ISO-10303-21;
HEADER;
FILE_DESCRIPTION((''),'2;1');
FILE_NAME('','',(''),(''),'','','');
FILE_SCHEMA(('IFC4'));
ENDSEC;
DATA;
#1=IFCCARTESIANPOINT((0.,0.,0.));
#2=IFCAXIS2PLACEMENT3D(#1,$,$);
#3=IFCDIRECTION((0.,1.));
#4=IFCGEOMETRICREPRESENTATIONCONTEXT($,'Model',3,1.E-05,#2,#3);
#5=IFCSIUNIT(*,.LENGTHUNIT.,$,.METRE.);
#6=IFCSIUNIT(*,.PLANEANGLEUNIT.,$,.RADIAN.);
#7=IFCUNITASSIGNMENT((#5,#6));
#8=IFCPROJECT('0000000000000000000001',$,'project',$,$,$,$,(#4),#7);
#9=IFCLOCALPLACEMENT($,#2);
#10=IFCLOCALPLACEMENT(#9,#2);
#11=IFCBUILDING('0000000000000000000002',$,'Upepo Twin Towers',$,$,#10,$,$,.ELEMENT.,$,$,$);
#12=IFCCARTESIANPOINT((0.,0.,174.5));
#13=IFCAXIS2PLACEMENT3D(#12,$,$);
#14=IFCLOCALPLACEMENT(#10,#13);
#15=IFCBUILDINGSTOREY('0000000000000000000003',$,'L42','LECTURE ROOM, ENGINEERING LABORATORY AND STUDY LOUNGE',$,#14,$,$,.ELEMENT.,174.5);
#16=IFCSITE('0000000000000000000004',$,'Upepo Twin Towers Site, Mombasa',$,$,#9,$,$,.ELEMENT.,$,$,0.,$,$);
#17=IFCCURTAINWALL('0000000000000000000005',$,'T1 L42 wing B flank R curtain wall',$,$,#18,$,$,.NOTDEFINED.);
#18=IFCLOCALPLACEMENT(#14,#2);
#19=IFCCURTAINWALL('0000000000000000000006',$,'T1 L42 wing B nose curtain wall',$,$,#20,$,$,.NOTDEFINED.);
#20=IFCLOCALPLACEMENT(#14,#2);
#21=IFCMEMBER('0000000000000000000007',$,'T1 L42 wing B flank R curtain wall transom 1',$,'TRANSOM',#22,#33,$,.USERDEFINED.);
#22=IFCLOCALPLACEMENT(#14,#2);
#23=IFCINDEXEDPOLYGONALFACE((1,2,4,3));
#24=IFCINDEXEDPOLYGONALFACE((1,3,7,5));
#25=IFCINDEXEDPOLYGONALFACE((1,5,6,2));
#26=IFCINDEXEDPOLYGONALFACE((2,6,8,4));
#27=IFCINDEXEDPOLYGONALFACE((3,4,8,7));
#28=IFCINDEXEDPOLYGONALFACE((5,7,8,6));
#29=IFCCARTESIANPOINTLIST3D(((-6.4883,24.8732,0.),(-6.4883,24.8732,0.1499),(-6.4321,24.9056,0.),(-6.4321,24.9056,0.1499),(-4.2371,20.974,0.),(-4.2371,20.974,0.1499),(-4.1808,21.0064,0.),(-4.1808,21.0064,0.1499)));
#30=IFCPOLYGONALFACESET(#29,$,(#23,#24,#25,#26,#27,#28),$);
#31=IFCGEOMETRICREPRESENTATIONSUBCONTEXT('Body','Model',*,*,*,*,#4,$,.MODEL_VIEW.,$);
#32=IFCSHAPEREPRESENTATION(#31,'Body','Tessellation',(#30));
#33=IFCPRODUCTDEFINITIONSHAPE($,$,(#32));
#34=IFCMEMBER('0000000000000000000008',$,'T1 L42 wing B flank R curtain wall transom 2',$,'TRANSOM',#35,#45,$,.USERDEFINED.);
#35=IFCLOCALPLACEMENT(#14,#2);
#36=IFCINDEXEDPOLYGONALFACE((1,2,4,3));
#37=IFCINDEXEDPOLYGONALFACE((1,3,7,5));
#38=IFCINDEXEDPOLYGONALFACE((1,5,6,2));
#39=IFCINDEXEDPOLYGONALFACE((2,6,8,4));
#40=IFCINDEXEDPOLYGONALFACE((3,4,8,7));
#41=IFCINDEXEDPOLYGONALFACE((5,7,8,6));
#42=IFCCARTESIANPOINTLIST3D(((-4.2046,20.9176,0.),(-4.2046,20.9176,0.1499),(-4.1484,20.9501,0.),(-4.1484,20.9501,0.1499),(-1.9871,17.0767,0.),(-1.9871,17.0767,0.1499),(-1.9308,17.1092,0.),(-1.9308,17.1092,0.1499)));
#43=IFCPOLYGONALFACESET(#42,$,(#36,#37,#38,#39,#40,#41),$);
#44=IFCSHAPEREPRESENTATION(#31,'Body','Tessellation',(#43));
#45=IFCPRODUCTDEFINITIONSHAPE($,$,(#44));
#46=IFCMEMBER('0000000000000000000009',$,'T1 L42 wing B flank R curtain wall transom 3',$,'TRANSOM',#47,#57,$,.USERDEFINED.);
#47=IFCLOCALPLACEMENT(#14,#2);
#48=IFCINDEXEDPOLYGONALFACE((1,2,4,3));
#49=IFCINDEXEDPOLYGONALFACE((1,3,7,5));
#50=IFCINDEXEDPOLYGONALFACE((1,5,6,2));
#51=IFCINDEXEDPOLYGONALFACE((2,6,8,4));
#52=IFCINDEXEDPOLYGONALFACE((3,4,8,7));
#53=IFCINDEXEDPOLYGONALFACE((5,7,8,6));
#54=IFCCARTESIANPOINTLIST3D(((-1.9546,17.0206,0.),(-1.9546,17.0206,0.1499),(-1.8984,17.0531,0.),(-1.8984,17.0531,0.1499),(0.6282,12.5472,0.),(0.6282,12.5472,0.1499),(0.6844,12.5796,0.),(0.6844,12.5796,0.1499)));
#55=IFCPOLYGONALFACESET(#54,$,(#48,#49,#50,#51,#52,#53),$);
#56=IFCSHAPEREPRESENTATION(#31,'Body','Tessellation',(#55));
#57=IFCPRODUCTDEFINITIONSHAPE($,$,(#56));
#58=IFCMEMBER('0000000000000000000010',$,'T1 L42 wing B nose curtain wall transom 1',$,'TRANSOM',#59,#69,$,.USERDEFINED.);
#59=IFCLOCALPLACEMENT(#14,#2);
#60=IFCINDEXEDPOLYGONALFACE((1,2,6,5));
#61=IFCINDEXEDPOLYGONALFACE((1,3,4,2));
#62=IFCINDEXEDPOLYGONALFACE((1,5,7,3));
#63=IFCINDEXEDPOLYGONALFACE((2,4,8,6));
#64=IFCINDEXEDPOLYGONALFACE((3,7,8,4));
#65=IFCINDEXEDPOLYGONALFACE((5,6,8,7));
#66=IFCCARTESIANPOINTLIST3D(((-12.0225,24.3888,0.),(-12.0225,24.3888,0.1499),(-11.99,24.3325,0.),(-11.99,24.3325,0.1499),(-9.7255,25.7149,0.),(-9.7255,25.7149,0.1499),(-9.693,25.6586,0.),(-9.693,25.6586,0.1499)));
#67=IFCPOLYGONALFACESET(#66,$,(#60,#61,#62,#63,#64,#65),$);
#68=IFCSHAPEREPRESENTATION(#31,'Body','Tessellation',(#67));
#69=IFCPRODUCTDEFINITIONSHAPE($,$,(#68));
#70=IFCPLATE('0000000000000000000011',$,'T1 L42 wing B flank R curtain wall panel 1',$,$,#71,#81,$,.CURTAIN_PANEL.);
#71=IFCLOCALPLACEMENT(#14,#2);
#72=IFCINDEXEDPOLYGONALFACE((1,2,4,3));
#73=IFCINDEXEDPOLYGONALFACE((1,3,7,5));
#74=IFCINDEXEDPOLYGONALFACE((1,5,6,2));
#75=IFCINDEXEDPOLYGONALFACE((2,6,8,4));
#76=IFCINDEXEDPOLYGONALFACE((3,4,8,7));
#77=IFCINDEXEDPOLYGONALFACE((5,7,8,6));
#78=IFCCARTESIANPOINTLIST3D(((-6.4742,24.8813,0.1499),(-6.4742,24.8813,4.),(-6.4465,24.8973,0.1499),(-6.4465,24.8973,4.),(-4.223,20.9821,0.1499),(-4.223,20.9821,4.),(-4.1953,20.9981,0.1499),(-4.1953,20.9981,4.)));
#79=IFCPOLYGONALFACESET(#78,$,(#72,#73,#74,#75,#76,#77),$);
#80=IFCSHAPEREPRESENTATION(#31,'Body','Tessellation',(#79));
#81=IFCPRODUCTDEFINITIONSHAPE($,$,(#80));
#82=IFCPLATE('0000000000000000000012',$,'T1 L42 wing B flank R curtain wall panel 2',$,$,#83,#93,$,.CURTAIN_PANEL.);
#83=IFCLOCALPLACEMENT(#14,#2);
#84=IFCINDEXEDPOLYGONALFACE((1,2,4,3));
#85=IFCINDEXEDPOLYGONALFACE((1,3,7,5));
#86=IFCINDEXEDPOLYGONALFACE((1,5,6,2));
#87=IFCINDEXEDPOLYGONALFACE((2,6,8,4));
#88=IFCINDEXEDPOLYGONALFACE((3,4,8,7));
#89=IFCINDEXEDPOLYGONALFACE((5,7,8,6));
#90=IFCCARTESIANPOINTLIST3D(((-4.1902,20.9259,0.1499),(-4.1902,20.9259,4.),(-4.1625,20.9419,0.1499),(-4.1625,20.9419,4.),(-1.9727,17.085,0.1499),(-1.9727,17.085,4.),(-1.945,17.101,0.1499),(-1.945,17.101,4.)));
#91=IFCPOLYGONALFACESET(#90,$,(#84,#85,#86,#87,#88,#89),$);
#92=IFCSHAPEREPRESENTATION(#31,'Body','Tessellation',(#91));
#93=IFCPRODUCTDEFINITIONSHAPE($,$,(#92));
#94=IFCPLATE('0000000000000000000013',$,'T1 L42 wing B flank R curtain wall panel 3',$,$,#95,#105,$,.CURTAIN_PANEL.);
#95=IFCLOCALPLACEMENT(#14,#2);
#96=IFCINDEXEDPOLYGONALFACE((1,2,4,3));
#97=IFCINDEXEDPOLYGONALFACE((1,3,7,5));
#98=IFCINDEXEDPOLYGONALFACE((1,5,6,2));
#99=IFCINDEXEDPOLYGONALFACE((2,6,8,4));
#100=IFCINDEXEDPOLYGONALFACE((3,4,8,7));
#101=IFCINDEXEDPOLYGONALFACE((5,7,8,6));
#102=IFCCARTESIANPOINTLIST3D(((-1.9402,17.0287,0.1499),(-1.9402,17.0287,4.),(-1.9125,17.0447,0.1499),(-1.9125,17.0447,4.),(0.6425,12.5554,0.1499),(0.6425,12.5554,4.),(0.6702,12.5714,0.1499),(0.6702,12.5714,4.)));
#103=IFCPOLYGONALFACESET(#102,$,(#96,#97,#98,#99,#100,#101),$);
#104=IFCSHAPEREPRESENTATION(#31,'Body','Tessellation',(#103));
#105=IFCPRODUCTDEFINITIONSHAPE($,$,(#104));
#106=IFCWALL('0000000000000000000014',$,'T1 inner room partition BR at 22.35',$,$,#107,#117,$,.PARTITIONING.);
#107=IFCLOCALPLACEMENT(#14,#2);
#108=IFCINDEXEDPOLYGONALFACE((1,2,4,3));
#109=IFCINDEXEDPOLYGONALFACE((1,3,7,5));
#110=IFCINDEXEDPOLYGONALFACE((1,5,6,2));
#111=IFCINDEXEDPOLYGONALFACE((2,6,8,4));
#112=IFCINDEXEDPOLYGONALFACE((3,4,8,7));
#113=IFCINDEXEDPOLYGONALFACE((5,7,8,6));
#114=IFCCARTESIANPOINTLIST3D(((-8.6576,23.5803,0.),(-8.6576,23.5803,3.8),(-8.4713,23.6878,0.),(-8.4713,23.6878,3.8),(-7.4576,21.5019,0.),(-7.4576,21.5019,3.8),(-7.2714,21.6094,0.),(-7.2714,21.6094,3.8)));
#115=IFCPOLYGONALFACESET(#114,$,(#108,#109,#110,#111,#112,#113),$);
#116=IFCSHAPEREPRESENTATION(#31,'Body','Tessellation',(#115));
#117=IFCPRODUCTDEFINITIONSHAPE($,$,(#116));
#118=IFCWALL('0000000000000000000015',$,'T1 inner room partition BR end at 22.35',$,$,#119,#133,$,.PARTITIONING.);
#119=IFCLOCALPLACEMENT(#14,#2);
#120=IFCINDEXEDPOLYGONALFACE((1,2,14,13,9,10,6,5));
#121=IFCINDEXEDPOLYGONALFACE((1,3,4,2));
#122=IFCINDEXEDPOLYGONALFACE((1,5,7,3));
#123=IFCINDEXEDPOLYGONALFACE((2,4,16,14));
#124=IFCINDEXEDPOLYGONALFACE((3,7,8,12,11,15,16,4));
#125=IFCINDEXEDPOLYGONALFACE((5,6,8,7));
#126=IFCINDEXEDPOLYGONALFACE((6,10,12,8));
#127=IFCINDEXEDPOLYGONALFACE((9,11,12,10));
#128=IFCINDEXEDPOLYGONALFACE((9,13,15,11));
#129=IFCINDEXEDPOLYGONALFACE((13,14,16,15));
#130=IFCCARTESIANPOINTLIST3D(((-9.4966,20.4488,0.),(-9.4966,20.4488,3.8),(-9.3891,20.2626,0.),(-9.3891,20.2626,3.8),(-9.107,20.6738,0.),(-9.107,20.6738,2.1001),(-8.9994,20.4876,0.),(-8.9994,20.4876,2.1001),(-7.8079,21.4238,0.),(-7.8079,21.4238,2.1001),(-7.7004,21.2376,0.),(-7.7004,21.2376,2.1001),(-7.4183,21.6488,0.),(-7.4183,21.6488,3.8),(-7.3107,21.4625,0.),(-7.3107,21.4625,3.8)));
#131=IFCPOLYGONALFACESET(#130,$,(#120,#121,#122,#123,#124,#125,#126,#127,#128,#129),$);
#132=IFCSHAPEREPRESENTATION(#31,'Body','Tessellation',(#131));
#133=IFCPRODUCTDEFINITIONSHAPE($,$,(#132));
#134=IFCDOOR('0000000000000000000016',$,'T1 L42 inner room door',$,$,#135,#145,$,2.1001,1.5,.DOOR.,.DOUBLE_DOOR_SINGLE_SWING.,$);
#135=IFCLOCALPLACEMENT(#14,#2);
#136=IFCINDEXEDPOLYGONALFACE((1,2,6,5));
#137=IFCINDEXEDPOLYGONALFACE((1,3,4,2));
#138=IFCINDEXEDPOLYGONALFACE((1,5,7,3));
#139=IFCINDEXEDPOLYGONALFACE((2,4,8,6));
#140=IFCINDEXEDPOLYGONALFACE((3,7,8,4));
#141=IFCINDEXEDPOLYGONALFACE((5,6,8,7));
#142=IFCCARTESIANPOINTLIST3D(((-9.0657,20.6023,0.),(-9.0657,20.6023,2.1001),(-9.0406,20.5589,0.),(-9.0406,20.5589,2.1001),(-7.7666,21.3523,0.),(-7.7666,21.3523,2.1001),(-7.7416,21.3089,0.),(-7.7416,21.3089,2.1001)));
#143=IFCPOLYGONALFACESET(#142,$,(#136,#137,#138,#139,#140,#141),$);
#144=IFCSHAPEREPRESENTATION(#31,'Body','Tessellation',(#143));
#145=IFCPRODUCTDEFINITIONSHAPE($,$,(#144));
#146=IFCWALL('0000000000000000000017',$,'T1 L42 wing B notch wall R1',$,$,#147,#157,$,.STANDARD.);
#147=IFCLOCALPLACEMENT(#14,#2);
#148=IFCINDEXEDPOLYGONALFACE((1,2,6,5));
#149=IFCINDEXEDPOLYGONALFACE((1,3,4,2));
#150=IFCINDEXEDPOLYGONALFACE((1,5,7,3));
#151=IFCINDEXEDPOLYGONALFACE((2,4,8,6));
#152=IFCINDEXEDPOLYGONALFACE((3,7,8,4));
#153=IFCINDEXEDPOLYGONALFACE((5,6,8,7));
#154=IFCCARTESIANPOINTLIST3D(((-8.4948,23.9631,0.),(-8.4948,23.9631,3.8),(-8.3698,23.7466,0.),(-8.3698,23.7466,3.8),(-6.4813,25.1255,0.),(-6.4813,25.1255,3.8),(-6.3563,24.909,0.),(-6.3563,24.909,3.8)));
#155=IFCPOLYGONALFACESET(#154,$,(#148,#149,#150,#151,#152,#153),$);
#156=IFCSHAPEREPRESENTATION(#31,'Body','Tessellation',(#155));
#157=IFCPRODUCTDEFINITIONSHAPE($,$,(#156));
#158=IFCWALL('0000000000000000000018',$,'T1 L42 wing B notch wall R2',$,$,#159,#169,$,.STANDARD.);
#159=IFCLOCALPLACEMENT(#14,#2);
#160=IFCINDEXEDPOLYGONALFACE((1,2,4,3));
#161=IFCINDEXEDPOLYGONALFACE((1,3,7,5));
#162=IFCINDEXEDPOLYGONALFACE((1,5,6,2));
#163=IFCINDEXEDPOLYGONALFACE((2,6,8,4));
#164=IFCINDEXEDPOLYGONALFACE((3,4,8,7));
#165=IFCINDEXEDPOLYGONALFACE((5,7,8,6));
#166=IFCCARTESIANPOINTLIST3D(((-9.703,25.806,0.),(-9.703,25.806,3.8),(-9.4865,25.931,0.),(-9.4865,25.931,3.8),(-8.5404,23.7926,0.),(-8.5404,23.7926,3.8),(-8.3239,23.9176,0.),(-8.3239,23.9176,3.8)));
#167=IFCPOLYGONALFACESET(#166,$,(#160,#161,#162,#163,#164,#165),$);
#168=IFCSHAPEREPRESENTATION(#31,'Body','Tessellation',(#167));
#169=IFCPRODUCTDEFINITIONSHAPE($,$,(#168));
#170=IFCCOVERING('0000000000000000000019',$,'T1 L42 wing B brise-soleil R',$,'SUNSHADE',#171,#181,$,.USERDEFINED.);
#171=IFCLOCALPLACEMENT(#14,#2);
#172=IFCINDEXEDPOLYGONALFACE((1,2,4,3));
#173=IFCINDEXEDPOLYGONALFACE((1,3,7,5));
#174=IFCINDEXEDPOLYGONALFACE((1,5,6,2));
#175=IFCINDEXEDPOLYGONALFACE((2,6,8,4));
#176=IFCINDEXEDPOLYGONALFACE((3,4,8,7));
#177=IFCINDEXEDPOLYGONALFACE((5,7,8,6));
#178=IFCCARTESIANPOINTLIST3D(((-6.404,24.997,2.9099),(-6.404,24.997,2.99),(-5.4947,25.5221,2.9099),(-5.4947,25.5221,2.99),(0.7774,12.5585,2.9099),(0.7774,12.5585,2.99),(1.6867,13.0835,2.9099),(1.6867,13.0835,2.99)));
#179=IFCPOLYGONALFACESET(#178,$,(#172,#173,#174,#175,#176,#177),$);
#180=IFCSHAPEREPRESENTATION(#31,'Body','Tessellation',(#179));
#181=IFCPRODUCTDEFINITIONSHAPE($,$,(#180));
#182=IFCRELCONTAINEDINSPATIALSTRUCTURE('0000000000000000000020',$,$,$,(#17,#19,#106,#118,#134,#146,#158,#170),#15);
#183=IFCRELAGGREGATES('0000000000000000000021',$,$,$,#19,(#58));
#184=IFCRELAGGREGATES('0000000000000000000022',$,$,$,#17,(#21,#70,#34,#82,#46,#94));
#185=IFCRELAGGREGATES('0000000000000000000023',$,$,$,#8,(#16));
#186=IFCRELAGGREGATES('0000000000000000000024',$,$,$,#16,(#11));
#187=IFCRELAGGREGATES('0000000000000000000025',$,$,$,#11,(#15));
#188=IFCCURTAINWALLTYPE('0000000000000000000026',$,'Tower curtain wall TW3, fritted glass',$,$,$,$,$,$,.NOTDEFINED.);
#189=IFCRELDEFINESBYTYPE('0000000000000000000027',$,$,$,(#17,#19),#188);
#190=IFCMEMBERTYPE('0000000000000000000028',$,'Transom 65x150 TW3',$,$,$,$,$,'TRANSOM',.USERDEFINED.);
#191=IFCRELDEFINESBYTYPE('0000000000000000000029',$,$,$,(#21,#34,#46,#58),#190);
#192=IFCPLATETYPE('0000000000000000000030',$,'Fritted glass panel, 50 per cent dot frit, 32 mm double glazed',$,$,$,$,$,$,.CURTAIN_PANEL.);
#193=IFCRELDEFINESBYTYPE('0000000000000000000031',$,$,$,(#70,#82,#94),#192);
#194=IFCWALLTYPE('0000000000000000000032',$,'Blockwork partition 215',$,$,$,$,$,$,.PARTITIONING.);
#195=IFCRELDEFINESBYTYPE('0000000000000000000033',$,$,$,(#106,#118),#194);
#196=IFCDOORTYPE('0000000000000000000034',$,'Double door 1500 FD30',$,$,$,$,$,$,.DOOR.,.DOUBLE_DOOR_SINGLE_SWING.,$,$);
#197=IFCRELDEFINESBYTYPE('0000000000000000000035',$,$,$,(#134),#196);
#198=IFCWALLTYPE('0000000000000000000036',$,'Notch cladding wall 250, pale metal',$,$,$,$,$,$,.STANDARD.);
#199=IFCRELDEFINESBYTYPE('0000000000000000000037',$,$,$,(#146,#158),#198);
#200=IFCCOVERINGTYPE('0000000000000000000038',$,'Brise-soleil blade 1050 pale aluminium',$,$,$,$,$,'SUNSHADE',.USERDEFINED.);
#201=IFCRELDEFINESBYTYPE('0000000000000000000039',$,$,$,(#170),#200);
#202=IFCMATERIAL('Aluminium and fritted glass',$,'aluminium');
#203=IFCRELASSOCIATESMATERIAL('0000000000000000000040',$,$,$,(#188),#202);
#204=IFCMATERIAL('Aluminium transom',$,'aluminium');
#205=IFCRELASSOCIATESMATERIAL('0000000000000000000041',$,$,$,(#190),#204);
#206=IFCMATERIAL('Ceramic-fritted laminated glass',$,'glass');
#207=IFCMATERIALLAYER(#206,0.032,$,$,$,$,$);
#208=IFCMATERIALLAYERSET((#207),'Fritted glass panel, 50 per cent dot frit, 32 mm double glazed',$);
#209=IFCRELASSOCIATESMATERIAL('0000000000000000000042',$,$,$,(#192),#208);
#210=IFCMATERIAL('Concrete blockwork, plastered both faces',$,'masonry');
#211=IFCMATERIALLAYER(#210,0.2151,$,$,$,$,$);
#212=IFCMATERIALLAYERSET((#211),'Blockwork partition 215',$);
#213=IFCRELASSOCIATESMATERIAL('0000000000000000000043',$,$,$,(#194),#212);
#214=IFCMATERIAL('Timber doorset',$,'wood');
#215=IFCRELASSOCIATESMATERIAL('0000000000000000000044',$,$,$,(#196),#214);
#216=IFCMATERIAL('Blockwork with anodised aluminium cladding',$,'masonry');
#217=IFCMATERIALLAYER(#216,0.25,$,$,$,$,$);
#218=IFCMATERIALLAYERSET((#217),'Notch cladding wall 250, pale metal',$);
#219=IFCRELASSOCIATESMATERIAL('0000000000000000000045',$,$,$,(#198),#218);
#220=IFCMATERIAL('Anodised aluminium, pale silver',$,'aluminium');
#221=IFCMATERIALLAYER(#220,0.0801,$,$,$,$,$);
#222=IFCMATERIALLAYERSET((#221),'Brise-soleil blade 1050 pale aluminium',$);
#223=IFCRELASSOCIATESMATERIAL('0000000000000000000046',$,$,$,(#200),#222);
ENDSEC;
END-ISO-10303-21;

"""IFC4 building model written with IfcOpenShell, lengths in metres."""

from ifc_helpers import new_model, si_unit, direction, frame, frame_2d, origin, origin_2d, place, context, subcontext, project, spatial, rectangle, extrude, material, layer, layer_set, material_profile, profile_set, type_object, element, fill, aggregate, save


model = new_model("IFC4")

# Units and contexts
model_context = context("Model", 3, precision=1e-05, world=origin(), true_north=direction((0.0, 1.0)))
body_context = subcontext(model_context, "Body", "Model", "MODEL_VIEW")
ifc_project = project(units=[si_unit("LENGTHUNIT", "METRE"), si_unit("PLANEANGLEUNIT", "RADIAN")], contexts=[model_context])

# Site, building, storey
site_placement = place(None, origin())
site = spatial("IfcSite", under=ifc_project, at=site_placement, Name="Upepo Twin Towers Site, Mombasa", CompositionType="ELEMENT", RefElevation=0.0)
building_placement = place(site_placement, origin())
building = spatial("IfcBuilding", under=site, at=building_placement, Name="Upepo Twin Towers", CompositionType="ELEMENT")
storey_placement = place(building_placement, frame((0.0, 0.0, 174.5)))
storey = spatial("IfcBuildingStorey", under=building, at=storey_placement, Name="L42", Description="LECTURE ROOM, ENGINEERING LABORATORY AND STUDY LOUNGE", CompositionType="ELEMENT", Elevation=174.5)

# Curtain wall
ifc_material_1 = material(Name="Aluminium and fritted glass", Category="aluminium")
curtain_wall_type = type_object("IfcCurtainWallType", Name="Tower curtain wall TW3, fritted glass", PredefinedType="NOTDEFINED", material=ifc_material_1)
curtain_wall_1_placement = place(storey_placement, origin())
curtain_wall_1 = element("IfcCurtainWall", 1, at=curtain_wall_1_placement, inside=storey, type_object=curtain_wall_type, Name="T1 L42 wing B flank R curtain wall", PredefinedType="NOTDEFINED")

# Curtain wall
curtain_wall_2_placement = place(storey_placement, origin())
curtain_wall_2 = element("IfcCurtainWall", 2, at=curtain_wall_2_placement, inside=storey, type_object=curtain_wall_type, Name="T1 L42 wing B nose curtain wall", PredefinedType="NOTDEFINED")

# Members
ifc_material_2 = material(Name="Aluminium transom", Category="aluminium")
ifc_material_profile_1 = material_profile(ifc_material_2, rectangle(XDim=0.0649, YDim=0.1499, at=origin_2d()), Name="TRANSOM 65x150")
ifc_profile_set_1 = profile_set([ifc_material_profile_1], Name="Aluminium transom")
member_type_1 = type_object("IfcMemberType", Name="Transom 65x150 TW3", ElementType="TRANSOM", PredefinedType="USERDEFINED", material=ifc_profile_set_1)
member_1_placement = place(storey_placement, frame((-6.4602, 24.8894, 0.075), z_axis=(0.500006, -0.866022, 0.0), x_axis=(0.866022, 0.500006, 0.0)))
member_1 = element("IfcMember", 3, at=member_1_placement, type_object=member_type_1, Name="T1 L42 wing B flank R curtain wall transom 1", ObjectType="TRANSOM", PredefinedType="USERDEFINED", context=body_context, shape_type="SweptSolid", body=[
    extrude(rectangle(XDim=0.0649, YDim=0.1499, at=origin_2d()), origin(), (0.0, 0.0, 1.0), 4.5024),
])
member_2_placement = place(storey_placement, frame((-4.1765, 20.9338, 0.075), z_axis=(0.500005, -0.866022, 0.0), x_axis=(0.866022, 0.500005, 0.0)))
member_2 = element("IfcMember", 4, at=member_2_placement, type_object=member_type_1, Name="T1 L42 wing B flank R curtain wall transom 2", ObjectType="TRANSOM", PredefinedType="USERDEFINED", context=body_context, shape_type="SweptSolid", body=[
    extrude(rectangle(XDim=0.0649, YDim=0.1499, at=origin_2d()), origin(), (0.0, 0.0, 1.0), 4.4351),
])
member_3_placement = place(storey_placement, frame((-1.9265, 17.0369, 0.075), z_axis=(0.500007, -0.866021, 0.0), x_axis=(0.866021, 0.500007, 0.0)))
member_3 = element("IfcMember", 5, at=member_3_placement, type_object=member_type_1, Name="T1 L42 wing B flank R curtain wall transom 3", ObjectType="TRANSOM", PredefinedType="USERDEFINED", context=body_context, shape_type="SweptSolid", body=[
    extrude(rectangle(XDim=0.0649, YDim=0.1499, at=origin_2d()), origin(), (0.0, 0.0, 1.0), 5.1655),
])
member_4_placement = place(storey_placement, frame((-9.7092, 25.6868, 0.075), z_axis=(-0.866037, -0.49998, 0.0), x_axis=(0.49998, -0.866037, 0.0)))
member_4 = element("IfcMember", 6, at=member_4_placement, type_object=member_type_1, Name="T1 L42 wing B nose curtain wall transom 1", ObjectType="TRANSOM", PredefinedType="USERDEFINED", context=body_context, shape_type="SweptSolid", body=[
    extrude(rectangle(XDim=0.0649, YDim=0.1499, at=origin_2d()), origin(), (0.0, 0.0, 1.0), 2.6523),
])
aggregate(curtain_wall_2, [member_4])

# Plates
ifc_material_3 = material(Name="Ceramic-fritted laminated glass", Category="glass")
ifc_layer_1 = layer(ifc_material_3, 0.032)
ifc_layer_set_1 = layer_set([ifc_layer_1], Name="Fritted glass panel, 50 per cent dot frit, 32 mm double glazed")
plate_type = type_object("IfcPlateType", Name="Fritted glass panel, 50 per cent dot frit, 32 mm double glazed", PredefinedType="CURTAIN_PANEL", material=ifc_layer_set_1)
plate_1_placement = place(storey_placement, frame((-5.3347, 22.9397, 0.1499), z_axis=(0.0, 0.0, 1.0), x_axis=(0.5, -0.866025, 0.0)))
plate_1 = element("IfcPlate", 7, at=plate_1_placement, type_object=plate_type, Name="T1 L42 wing B flank R curtain wall panel 1", PredefinedType="CURTAIN_PANEL", context=body_context, shape_type="SweptSolid", body=[
    extrude(rectangle(XDim=4.5024, YDim=0.032, at=origin_2d()), origin(), (0.0, 0.0, 1.0), 3.8501),
])
plate_2_placement = place(storey_placement, frame((-3.0676, 19.0134, 0.1499), z_axis=(0.0, 0.0, 1.0), x_axis=(0.5, -0.866025, 0.0)))
plate_2 = element("IfcPlate", 8, at=plate_2_placement, type_object=plate_type, Name="T1 L42 wing B flank R curtain wall panel 2", PredefinedType="CURTAIN_PANEL", context=body_context, shape_type="SweptSolid", body=[
    extrude(rectangle(XDim=4.4351, YDim=0.032, at=origin_2d()), origin(), (0.0, 0.0, 1.0), 3.8501),
])
plate_3_placement = place(storey_placement, frame((-0.635, 14.8, 0.1499), z_axis=(0.0, 0.0, 1.0), x_axis=(0.5, -0.866025, 0.0)))
plate_3 = element("IfcPlate", 9, at=plate_3_placement, type_object=plate_type, Name="T1 L42 wing B flank R curtain wall panel 3", PredefinedType="CURTAIN_PANEL", context=body_context, shape_type="SweptSolid", body=[
    extrude(rectangle(XDim=5.1653, YDim=0.032, at=origin_2d()), origin(), (0.0, 0.0, 1.0), 3.8501),
])
aggregate(curtain_wall_1, [member_1, plate_1, member_2, plate_2, member_3, plate_3])

# Wall
ifc_material_4 = material(Name="Concrete blockwork, plastered both faces", Category="masonry")
ifc_layer_2 = layer(ifc_material_4, 0.2151)
ifc_layer_set_2 = layer_set([ifc_layer_2], Name="Blockwork partition 215")
wall_type_1 = type_object("IfcWallType", Name="Blockwork partition 215", PredefinedType="PARTITIONING", material=ifc_layer_set_2)
wall_1_placement = place(storey_placement, frame((-7.3645, 21.5557, 0.0), z_axis=(0.0, 0.0, 1.0), x_axis=(-0.500001, 0.866025, 0.0)))
element("IfcWall", 10, at=wall_1_placement, inside=storey, type_object=wall_type_1, Name="T1 inner room partition BR at 22.35", PredefinedType="PARTITIONING", context=body_context, shape_type="SweptSolid", body=[
    extrude(rectangle(XDim=2.3999, YDim=0.2151, at=frame_2d((1.2, 0.0))), origin(), (0.0, 0.0, 1.0), 3.8),
])

# Wall, opening, door
wall_2_placement = place(storey_placement, frame((-9.4429, 20.3557, 0.0), z_axis=(0.0, 0.0, 1.0), x_axis=(0.866025, 0.500001, 0.0)))
wall_2 = element("IfcWall", 11, at=wall_2_placement, inside=storey, type_object=wall_type_1, Name="T1 inner room partition BR end at 22.35", PredefinedType="PARTITIONING", context=body_context, shape_type="SweptSolid", body=[
    extrude(rectangle(XDim=2.3999, YDim=0.2151, at=frame_2d((1.2, 0.0))), origin(), (0.0, 0.0, 1.0), 3.8),
])
opening_placement = place(wall_2_placement, frame((0.45, 0.0, 0.0)))
opening = element("IfcOpeningElement", 12, at=opening_placement, cuts=wall_2, PredefinedType="OPENING", context=body_context, shape_type="SweptSolid", body=[
    extrude(rectangle(XDim=1.5, YDim=2.1001, at=frame_2d((0.75, 1.05))), frame((0.0, 0.1174, 0.0), z_axis=(0.0, -1.0, 0.0), x_axis=(1.0, 0.0, 0.0)), (0.0, 0.0, 1.0), 0.2351),
])
ifc_material_5 = material(Name="Timber doorset", Category="wood")
door_type = type_object("IfcDoorType", Name="Double door 1500 FD30", OperationType="DOUBLE_DOOR_SINGLE_SWING", PredefinedType="DOOR", material=ifc_material_5)
door_placement = place(opening_placement, origin())
door = element("IfcDoor", 13, at=door_placement, inside=storey, type_object=door_type, Name="T1 L42 inner room door", OperationType="DOUBLE_DOOR_SINGLE_SWING", OverallHeight=2.1001, OverallWidth=1.5, PredefinedType="DOOR", context=body_context, shape_type="SweptSolid", body=[
    extrude(rectangle(XDim=1.5, YDim=2.1001, at=frame_2d((0.75, 1.05))), frame((0.0, 0.0249, 0.0), z_axis=(0.0, -1.0, 0.0), x_axis=(1.0, 0.0, 0.0)), (0.0, 0.0, 1.0), 0.05),
])
fill(opening, door)

# Walls
ifc_material_6 = material(Name="Blockwork with anodised aluminium cladding", Category="masonry")
ifc_layer_3 = layer(ifc_material_6, 0.25)
ifc_layer_set_3 = layer_set([ifc_layer_3], Name="Notch cladding wall 250, pale metal")
wall_type_2 = type_object("IfcWallType", Name="Notch cladding wall 250, pale metal", PredefinedType="STANDARD", material=ifc_layer_set_3)
for number, where, z_axis, x_axis, name in (
    (14, (-6.4187, 25.0173, 0.0), (0.0, 0.0, 1.0), (-0.866044, -0.499968, 0.0), "T1 L42 wing B notch wall R1"),
    (15, (-8.4321, 23.855, 0.0), (0.0, 0.0, 1.0), (-0.500047, 0.865998, 0.0), "T1 L42 wing B notch wall R2"),
):
    element("IfcWall", number, at=place(storey_placement, frame(where, z_axis=z_axis, x_axis=x_axis)), inside=storey, type_object=wall_type_2, Name=name, PredefinedType="STANDARD", context=body_context, shape_type="SweptSolid", body=[
        extrude(rectangle(XDim=2.325, YDim=0.25, at=frame_2d((1.1626, 0.0))), origin(), (0.0, 0.0, 1.0), 3.8),
    ])

# Covering
ifc_material_7 = material(Name="Anodised aluminium, pale silver", Category="aluminium")
ifc_layer_4 = layer(ifc_material_7, 0.0801)
ifc_layer_set_4 = layer_set([ifc_layer_4], Name="Brise-soleil blade 1050 pale aluminium")
covering_type = type_object("IfcCoveringType", Name="Brise-soleil blade 1050 pale aluminium", ElementType="SUNSHADE", PredefinedType="USERDEFINED", material=ifc_layer_set_4)
covering_placement = place(storey_placement, frame((-2.3586, 19.0403, 2.9099), z_axis=(0.0, 0.0, 1.0), x_axis=(-0.5, 0.866025, 0.0)))
element("IfcCovering", 16, at=covering_placement, inside=storey, type_object=covering_type, Name="T1 L42 wing B brise-soleil R", ObjectType="SUNSHADE", PredefinedType="USERDEFINED", context=body_context, shape_type="SweptSolid", body=[
    extrude(rectangle(XDim=14.3628, YDim=1.05, at=origin_2d()), origin(), (0.0, 0.0, 1.0), 0.0801),
])

save(model, "model.ifc")
